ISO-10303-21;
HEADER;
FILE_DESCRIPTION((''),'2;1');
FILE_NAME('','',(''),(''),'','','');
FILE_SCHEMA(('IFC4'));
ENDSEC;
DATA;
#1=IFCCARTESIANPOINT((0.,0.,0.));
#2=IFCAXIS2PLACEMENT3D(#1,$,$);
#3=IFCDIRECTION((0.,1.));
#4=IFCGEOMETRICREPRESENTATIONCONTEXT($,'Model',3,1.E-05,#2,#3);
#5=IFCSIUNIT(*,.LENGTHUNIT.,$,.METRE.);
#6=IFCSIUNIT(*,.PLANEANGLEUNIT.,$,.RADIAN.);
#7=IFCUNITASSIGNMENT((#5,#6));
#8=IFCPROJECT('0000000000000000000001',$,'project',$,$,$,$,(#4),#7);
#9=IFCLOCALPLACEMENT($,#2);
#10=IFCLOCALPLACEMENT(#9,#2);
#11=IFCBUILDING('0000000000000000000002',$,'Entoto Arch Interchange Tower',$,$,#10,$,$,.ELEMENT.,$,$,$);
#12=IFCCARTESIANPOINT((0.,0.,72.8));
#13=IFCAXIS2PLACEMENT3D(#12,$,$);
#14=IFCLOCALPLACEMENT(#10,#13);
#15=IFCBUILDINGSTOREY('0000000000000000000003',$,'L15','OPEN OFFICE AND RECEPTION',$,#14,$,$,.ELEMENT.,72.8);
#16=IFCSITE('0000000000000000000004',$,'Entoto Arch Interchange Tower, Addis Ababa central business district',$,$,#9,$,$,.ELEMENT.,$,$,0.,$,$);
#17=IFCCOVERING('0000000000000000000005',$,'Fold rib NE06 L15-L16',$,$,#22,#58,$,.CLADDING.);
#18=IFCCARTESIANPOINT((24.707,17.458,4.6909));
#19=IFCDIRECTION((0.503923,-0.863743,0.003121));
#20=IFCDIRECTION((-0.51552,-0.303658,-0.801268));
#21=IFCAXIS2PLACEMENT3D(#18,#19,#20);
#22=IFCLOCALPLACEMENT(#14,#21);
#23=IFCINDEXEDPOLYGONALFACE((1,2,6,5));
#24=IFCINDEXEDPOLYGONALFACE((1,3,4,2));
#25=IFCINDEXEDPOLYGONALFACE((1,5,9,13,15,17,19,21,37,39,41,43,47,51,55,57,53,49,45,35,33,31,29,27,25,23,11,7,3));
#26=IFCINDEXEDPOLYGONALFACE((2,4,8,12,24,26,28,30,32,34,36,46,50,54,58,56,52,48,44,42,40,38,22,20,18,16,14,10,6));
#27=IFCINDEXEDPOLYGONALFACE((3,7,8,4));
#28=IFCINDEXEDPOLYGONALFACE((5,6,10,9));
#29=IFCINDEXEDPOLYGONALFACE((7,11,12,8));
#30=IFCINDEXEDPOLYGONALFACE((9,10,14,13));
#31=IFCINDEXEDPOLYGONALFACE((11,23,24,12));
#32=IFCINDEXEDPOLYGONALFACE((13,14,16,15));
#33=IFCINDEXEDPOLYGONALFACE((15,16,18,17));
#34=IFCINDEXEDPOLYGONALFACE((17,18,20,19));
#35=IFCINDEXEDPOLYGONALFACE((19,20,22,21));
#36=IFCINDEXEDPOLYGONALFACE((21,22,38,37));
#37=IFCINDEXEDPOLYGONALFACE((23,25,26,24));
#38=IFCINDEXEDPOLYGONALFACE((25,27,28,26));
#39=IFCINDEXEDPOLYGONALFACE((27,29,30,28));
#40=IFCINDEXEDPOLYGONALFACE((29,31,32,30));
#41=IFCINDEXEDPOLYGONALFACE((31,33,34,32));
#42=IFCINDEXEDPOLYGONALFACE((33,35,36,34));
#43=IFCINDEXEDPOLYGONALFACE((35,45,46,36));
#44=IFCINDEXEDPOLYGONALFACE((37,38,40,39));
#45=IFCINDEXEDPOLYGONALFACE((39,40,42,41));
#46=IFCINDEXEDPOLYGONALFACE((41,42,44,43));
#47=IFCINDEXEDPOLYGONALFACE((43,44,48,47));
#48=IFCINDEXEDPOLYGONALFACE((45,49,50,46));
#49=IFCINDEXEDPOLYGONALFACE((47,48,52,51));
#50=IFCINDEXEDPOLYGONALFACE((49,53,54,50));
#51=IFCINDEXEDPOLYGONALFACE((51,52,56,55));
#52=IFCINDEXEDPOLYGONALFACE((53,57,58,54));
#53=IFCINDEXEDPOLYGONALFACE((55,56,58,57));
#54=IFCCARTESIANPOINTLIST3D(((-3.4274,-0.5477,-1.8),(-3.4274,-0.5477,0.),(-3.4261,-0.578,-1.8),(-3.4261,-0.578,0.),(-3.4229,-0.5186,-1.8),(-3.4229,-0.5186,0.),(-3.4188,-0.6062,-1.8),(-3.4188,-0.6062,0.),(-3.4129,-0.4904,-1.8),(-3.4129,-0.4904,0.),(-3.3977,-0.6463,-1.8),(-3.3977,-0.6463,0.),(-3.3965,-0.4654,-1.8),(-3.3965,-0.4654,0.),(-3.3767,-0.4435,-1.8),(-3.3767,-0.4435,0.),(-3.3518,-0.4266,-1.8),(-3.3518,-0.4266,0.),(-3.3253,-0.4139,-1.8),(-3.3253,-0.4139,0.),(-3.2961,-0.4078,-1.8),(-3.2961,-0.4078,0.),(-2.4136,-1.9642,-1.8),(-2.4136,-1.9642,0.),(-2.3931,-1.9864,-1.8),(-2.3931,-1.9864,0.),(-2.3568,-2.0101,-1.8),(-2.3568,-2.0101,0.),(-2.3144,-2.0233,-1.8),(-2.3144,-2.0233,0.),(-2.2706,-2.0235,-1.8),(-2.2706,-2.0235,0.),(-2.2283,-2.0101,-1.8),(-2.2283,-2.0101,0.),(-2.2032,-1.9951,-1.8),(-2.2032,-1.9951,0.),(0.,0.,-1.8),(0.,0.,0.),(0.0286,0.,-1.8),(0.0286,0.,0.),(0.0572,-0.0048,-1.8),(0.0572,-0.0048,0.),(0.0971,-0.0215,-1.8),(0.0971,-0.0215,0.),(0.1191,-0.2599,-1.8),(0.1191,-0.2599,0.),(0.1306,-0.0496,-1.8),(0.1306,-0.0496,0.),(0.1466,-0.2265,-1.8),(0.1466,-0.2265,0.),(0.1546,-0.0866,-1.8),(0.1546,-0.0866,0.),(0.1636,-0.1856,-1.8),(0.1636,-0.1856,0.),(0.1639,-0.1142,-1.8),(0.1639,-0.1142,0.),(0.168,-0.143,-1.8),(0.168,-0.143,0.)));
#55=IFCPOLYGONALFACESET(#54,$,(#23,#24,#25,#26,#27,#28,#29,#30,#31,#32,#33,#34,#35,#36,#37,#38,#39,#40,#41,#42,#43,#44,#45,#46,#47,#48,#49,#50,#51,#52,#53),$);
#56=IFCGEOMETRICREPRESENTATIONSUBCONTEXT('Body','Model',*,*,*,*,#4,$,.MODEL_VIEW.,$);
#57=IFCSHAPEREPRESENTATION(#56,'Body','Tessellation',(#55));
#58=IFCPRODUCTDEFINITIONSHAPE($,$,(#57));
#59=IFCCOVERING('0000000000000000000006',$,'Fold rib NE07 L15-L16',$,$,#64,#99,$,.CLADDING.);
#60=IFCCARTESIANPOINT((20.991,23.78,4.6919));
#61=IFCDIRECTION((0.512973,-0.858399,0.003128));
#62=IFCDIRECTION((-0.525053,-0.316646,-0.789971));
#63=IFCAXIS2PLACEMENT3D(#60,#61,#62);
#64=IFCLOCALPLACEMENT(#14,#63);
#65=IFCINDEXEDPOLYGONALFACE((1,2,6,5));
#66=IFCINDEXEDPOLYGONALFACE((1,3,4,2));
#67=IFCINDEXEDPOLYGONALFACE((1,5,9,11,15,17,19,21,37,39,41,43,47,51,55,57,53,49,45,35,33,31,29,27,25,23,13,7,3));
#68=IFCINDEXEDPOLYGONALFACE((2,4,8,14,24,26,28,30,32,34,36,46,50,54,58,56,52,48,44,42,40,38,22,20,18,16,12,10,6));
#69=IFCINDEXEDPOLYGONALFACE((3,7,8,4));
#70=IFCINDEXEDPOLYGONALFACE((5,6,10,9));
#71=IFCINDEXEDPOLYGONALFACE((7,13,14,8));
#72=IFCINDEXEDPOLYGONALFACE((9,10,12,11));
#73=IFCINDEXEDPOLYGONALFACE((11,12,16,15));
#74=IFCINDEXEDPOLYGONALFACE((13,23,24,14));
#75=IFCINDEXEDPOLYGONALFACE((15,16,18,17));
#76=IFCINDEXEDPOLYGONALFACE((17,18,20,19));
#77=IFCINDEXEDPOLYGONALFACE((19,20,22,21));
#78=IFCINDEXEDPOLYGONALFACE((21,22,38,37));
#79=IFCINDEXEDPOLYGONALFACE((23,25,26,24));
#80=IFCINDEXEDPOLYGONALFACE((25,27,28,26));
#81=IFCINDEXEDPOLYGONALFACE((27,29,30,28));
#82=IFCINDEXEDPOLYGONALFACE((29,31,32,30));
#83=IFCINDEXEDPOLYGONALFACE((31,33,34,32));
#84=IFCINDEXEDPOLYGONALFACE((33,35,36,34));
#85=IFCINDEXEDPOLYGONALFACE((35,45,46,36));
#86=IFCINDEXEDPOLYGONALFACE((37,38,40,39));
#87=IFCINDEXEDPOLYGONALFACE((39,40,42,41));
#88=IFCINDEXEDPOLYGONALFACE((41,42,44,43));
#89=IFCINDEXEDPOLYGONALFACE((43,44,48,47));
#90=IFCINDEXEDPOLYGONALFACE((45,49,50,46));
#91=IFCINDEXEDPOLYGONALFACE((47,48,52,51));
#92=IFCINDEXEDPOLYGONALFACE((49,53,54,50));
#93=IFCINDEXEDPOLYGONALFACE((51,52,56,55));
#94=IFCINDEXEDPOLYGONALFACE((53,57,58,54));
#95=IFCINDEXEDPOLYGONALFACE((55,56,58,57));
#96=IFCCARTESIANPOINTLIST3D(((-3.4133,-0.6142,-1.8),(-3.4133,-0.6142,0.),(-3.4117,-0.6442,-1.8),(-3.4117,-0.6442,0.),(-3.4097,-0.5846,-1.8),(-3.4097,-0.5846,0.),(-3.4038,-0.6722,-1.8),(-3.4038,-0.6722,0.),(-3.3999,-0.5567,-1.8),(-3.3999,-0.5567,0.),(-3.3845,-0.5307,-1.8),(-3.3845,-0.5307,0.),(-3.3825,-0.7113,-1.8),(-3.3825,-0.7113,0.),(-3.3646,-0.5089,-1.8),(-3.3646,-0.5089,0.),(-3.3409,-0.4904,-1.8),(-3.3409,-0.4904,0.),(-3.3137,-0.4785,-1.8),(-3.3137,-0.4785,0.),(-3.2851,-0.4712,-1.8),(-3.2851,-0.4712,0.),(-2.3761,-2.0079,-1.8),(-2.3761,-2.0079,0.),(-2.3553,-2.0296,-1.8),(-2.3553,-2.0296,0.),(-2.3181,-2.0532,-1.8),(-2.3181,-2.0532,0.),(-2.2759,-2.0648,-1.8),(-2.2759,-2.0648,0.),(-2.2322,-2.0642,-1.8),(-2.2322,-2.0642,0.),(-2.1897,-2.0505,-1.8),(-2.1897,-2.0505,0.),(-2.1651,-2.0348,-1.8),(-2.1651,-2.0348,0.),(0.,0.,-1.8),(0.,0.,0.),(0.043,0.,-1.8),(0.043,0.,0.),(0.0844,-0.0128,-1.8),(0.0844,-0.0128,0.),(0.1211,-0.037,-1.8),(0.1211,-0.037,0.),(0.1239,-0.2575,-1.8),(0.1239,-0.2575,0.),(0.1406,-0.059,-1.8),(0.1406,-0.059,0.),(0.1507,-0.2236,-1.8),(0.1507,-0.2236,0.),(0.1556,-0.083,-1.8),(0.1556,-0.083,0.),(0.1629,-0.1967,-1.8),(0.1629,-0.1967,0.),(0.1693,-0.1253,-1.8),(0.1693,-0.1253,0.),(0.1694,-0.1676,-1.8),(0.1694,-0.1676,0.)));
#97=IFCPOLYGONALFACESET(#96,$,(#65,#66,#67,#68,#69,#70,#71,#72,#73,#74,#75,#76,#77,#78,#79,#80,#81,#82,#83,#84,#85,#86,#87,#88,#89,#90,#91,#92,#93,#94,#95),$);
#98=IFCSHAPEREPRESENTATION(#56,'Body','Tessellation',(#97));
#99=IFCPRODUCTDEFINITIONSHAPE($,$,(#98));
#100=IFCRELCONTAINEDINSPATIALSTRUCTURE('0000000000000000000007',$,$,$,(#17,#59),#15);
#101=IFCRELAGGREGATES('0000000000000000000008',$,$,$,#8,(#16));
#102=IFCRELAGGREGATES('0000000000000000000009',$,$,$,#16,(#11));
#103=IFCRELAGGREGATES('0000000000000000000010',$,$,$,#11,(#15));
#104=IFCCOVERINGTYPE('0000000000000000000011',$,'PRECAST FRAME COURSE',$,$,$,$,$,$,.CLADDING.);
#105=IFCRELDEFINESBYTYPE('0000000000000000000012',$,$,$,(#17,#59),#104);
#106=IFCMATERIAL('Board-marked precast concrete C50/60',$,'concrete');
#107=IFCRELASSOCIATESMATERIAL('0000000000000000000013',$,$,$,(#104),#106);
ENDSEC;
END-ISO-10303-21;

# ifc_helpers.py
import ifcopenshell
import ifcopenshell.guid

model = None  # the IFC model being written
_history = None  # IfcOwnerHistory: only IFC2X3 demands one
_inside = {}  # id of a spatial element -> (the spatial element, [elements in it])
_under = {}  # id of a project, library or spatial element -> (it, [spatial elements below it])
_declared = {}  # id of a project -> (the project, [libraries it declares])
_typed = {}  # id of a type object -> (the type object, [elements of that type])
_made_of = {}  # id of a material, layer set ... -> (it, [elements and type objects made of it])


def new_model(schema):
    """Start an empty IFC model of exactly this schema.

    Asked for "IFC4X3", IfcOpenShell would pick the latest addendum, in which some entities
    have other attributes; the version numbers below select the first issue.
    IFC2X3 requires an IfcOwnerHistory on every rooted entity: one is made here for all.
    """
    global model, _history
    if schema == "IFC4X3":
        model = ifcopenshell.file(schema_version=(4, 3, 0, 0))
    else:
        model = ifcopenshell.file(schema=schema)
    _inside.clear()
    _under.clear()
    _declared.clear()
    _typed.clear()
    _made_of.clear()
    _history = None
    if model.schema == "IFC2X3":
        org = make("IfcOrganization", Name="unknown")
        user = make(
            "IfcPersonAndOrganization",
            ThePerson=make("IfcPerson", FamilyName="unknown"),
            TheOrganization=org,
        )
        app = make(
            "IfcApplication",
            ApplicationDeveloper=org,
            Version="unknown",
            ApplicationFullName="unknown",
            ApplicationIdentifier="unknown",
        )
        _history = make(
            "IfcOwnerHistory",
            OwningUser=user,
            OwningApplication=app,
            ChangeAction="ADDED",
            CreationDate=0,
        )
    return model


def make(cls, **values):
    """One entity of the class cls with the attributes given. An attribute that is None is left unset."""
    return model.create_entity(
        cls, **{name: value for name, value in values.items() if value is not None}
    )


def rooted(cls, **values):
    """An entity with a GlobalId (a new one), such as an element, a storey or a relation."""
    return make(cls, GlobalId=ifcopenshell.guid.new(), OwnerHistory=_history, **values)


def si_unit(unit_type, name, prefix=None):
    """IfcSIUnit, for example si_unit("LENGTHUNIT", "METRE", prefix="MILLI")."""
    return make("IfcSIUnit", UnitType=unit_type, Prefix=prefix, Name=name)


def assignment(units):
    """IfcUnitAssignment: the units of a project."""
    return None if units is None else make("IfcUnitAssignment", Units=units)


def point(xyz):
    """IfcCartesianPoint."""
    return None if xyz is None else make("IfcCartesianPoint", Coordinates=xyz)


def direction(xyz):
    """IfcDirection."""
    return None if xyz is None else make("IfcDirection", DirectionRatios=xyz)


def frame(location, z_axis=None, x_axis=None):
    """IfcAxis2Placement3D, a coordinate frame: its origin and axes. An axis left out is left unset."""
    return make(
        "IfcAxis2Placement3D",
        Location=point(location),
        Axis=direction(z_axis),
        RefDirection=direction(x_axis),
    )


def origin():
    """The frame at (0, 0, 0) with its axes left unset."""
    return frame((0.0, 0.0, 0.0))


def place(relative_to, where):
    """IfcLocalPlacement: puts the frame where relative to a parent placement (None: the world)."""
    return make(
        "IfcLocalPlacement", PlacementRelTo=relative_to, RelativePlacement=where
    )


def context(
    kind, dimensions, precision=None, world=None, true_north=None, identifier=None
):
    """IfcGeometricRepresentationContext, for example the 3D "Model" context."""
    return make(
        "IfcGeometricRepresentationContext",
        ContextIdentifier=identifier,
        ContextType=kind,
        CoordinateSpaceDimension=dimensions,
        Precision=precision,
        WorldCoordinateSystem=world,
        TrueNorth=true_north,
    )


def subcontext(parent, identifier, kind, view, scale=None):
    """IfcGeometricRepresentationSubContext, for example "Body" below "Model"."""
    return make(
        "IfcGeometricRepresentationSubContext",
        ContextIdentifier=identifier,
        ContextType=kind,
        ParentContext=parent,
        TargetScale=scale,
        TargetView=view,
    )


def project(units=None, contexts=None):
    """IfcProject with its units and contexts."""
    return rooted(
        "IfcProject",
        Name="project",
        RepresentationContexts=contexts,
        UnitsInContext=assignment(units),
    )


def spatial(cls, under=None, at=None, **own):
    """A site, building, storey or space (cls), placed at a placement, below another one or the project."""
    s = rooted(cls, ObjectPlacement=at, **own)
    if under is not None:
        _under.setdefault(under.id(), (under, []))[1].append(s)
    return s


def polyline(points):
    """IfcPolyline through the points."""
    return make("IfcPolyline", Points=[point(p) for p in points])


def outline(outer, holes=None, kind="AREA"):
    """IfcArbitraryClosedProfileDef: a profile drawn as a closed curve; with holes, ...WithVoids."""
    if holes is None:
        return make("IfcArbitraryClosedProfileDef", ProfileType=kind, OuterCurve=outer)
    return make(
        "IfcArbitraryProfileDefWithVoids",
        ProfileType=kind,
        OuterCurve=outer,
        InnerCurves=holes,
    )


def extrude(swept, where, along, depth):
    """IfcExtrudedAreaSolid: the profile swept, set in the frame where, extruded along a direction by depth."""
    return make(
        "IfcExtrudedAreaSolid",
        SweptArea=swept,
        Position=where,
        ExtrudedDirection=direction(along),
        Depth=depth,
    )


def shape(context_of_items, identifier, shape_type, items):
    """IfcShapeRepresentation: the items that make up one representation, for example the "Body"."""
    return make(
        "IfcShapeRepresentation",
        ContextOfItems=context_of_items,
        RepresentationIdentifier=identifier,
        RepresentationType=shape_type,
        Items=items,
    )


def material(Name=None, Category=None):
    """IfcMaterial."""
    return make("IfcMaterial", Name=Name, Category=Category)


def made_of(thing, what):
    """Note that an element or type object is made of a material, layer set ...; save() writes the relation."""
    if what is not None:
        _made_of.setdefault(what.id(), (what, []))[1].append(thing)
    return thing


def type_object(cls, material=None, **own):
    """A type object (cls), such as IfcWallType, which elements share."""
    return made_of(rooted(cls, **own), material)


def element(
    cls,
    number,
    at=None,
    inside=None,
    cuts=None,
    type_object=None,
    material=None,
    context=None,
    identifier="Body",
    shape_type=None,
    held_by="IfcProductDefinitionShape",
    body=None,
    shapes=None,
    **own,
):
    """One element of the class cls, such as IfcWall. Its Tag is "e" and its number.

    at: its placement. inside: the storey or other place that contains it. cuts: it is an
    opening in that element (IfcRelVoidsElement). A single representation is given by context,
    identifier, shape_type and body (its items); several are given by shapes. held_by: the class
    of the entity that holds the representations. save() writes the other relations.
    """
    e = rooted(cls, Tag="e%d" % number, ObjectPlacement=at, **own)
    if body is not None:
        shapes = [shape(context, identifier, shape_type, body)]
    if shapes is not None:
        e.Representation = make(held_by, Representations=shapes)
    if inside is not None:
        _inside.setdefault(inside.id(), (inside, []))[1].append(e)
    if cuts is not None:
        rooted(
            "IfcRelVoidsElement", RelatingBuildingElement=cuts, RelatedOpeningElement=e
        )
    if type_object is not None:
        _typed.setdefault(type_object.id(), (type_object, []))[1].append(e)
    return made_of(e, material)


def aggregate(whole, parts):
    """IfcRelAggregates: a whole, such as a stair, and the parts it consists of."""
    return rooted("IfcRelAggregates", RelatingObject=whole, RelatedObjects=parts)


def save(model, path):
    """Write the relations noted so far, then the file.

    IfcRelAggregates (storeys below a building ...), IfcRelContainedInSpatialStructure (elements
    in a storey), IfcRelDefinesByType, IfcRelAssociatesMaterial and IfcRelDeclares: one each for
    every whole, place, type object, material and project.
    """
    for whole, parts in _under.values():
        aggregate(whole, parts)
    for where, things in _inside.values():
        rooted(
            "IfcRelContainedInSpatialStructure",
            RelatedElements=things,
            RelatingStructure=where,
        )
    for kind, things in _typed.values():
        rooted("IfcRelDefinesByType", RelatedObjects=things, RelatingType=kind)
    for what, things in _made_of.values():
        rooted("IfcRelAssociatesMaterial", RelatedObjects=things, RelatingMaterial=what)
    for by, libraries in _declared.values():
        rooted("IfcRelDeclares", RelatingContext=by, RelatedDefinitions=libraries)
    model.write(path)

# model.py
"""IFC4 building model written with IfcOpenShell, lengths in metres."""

from ifc_helpers import new_model, si_unit, direction, frame, origin, place, context, subcontext, project, spatial, polyline, outline, extrude, material, type_object, element, save


model = new_model("IFC4")

# Units and contexts
model_context = context("Model", 3, precision=1e-05, world=origin(), true_north=direction((0.0, 1.0)))
body_context = subcontext(model_context, "Body", "Model", "MODEL_VIEW")
ifc_project = project(units=[si_unit("LENGTHUNIT", "METRE"), si_unit("PLANEANGLEUNIT", "RADIAN")], contexts=[model_context])

# Site, building, storey
site_placement = place(None, origin())
site = spatial("IfcSite", under=ifc_project, at=site_placement, Name="Entoto Arch Interchange Tower, Addis Ababa central business district", CompositionType="ELEMENT", RefElevation=0.0)
building_placement = place(site_placement, origin())
building = spatial("IfcBuilding", under=site, at=building_placement, Name="Entoto Arch Interchange Tower", CompositionType="ELEMENT")
storey_placement = place(building_placement, frame((0.0, 0.0, 72.8)))
storey = spatial("IfcBuildingStorey", under=building, at=storey_placement, Name="L15", Description="OPEN OFFICE AND RECEPTION", CompositionType="ELEMENT", Elevation=72.8)

# Coverings
ifc_material_1 = material(Name="Board-marked precast concrete C50/60", Category="concrete")
covering_type = type_object("IfcCoveringType", Name="PRECAST FRAME COURSE", PredefinedType="CLADDING", material=ifc_material_1)
covering_1_placement = place(storey_placement, frame((24.707, 17.458, 4.6909), z_axis=(0.503923, -0.863743, 0.003121), x_axis=(-0.51552, -0.303658, -0.801268)))
element("IfcCovering", 1, at=covering_1_placement, inside=storey, type_object=covering_type, Name="Fold rib NE06 L15-L16", PredefinedType="CLADDING", context=body_context, shape_type="SweptSolid", body=[
    extrude(outline(polyline([(0.0, 0.0), (0.0286, 0.0), (0.0572, -0.0048), (0.0971, -0.0215), (0.1306, -0.0496), (0.1546, -0.0866), (0.1639, -0.1142), (0.168, -0.143), (0.1636, -0.1856), (0.1466, -0.2265), (0.1191, -0.2599), (-2.2032, -1.9951), (-2.2283, -2.0101), (-2.2706, -2.0235), (-2.3144, -2.0233), (-2.3568, -2.0101), (-2.3931, -1.9864), (-2.4136, -1.9642), (-3.3977, -0.6463), (-3.4188, -0.6062), (-3.4261, -0.578), (-3.4274, -0.5477), (-3.4229, -0.5186), (-3.4129, -0.4904), (-3.3965, -0.4654), (-3.3767, -0.4435), (-3.3518, -0.4266), (-3.3253, -0.4139), (-3.2961, -0.4078), (0.0, 0.0)])), origin(), (0.0, 0.0, -1.0), 1.8),
])
covering_2_placement = place(storey_placement, frame((20.991, 23.78, 4.6919), z_axis=(0.512973, -0.858399, 0.003128), x_axis=(-0.525053, -0.316646, -0.789971)))
element("IfcCovering", 2, at=covering_2_placement, inside=storey, type_object=covering_type, Name="Fold rib NE07 L15-L16", PredefinedType="CLADDING", context=body_context, shape_type="SweptSolid", body=[
    extrude(outline(polyline([(0.0, 0.0), (0.043, 0.0), (0.0844, -0.0128), (0.1211, -0.037), (0.1406, -0.059), (0.1556, -0.083), (0.1693, -0.1253), (0.1694, -0.1676), (0.1629, -0.1967), (0.1507, -0.2236), (0.1239, -0.2575), (-2.1651, -2.0348), (-2.1897, -2.0505), (-2.2322, -2.0642), (-2.2759, -2.0648), (-2.3181, -2.0532), (-2.3553, -2.0296), (-2.3761, -2.0079), (-3.3825, -0.7113), (-3.4038, -0.6722), (-3.4117, -0.6442), (-3.4133, -0.6142), (-3.4097, -0.5846), (-3.3999, -0.5567), (-3.3845, -0.5307), (-3.3646, -0.5089), (-3.3409, -0.4904), (-3.3137, -0.4785), (-3.2851, -0.4712), (0.0, 0.0)])), origin(), (0.0, 0.0, -1.0), 1.8),
])

save(model, "model.ifc")
